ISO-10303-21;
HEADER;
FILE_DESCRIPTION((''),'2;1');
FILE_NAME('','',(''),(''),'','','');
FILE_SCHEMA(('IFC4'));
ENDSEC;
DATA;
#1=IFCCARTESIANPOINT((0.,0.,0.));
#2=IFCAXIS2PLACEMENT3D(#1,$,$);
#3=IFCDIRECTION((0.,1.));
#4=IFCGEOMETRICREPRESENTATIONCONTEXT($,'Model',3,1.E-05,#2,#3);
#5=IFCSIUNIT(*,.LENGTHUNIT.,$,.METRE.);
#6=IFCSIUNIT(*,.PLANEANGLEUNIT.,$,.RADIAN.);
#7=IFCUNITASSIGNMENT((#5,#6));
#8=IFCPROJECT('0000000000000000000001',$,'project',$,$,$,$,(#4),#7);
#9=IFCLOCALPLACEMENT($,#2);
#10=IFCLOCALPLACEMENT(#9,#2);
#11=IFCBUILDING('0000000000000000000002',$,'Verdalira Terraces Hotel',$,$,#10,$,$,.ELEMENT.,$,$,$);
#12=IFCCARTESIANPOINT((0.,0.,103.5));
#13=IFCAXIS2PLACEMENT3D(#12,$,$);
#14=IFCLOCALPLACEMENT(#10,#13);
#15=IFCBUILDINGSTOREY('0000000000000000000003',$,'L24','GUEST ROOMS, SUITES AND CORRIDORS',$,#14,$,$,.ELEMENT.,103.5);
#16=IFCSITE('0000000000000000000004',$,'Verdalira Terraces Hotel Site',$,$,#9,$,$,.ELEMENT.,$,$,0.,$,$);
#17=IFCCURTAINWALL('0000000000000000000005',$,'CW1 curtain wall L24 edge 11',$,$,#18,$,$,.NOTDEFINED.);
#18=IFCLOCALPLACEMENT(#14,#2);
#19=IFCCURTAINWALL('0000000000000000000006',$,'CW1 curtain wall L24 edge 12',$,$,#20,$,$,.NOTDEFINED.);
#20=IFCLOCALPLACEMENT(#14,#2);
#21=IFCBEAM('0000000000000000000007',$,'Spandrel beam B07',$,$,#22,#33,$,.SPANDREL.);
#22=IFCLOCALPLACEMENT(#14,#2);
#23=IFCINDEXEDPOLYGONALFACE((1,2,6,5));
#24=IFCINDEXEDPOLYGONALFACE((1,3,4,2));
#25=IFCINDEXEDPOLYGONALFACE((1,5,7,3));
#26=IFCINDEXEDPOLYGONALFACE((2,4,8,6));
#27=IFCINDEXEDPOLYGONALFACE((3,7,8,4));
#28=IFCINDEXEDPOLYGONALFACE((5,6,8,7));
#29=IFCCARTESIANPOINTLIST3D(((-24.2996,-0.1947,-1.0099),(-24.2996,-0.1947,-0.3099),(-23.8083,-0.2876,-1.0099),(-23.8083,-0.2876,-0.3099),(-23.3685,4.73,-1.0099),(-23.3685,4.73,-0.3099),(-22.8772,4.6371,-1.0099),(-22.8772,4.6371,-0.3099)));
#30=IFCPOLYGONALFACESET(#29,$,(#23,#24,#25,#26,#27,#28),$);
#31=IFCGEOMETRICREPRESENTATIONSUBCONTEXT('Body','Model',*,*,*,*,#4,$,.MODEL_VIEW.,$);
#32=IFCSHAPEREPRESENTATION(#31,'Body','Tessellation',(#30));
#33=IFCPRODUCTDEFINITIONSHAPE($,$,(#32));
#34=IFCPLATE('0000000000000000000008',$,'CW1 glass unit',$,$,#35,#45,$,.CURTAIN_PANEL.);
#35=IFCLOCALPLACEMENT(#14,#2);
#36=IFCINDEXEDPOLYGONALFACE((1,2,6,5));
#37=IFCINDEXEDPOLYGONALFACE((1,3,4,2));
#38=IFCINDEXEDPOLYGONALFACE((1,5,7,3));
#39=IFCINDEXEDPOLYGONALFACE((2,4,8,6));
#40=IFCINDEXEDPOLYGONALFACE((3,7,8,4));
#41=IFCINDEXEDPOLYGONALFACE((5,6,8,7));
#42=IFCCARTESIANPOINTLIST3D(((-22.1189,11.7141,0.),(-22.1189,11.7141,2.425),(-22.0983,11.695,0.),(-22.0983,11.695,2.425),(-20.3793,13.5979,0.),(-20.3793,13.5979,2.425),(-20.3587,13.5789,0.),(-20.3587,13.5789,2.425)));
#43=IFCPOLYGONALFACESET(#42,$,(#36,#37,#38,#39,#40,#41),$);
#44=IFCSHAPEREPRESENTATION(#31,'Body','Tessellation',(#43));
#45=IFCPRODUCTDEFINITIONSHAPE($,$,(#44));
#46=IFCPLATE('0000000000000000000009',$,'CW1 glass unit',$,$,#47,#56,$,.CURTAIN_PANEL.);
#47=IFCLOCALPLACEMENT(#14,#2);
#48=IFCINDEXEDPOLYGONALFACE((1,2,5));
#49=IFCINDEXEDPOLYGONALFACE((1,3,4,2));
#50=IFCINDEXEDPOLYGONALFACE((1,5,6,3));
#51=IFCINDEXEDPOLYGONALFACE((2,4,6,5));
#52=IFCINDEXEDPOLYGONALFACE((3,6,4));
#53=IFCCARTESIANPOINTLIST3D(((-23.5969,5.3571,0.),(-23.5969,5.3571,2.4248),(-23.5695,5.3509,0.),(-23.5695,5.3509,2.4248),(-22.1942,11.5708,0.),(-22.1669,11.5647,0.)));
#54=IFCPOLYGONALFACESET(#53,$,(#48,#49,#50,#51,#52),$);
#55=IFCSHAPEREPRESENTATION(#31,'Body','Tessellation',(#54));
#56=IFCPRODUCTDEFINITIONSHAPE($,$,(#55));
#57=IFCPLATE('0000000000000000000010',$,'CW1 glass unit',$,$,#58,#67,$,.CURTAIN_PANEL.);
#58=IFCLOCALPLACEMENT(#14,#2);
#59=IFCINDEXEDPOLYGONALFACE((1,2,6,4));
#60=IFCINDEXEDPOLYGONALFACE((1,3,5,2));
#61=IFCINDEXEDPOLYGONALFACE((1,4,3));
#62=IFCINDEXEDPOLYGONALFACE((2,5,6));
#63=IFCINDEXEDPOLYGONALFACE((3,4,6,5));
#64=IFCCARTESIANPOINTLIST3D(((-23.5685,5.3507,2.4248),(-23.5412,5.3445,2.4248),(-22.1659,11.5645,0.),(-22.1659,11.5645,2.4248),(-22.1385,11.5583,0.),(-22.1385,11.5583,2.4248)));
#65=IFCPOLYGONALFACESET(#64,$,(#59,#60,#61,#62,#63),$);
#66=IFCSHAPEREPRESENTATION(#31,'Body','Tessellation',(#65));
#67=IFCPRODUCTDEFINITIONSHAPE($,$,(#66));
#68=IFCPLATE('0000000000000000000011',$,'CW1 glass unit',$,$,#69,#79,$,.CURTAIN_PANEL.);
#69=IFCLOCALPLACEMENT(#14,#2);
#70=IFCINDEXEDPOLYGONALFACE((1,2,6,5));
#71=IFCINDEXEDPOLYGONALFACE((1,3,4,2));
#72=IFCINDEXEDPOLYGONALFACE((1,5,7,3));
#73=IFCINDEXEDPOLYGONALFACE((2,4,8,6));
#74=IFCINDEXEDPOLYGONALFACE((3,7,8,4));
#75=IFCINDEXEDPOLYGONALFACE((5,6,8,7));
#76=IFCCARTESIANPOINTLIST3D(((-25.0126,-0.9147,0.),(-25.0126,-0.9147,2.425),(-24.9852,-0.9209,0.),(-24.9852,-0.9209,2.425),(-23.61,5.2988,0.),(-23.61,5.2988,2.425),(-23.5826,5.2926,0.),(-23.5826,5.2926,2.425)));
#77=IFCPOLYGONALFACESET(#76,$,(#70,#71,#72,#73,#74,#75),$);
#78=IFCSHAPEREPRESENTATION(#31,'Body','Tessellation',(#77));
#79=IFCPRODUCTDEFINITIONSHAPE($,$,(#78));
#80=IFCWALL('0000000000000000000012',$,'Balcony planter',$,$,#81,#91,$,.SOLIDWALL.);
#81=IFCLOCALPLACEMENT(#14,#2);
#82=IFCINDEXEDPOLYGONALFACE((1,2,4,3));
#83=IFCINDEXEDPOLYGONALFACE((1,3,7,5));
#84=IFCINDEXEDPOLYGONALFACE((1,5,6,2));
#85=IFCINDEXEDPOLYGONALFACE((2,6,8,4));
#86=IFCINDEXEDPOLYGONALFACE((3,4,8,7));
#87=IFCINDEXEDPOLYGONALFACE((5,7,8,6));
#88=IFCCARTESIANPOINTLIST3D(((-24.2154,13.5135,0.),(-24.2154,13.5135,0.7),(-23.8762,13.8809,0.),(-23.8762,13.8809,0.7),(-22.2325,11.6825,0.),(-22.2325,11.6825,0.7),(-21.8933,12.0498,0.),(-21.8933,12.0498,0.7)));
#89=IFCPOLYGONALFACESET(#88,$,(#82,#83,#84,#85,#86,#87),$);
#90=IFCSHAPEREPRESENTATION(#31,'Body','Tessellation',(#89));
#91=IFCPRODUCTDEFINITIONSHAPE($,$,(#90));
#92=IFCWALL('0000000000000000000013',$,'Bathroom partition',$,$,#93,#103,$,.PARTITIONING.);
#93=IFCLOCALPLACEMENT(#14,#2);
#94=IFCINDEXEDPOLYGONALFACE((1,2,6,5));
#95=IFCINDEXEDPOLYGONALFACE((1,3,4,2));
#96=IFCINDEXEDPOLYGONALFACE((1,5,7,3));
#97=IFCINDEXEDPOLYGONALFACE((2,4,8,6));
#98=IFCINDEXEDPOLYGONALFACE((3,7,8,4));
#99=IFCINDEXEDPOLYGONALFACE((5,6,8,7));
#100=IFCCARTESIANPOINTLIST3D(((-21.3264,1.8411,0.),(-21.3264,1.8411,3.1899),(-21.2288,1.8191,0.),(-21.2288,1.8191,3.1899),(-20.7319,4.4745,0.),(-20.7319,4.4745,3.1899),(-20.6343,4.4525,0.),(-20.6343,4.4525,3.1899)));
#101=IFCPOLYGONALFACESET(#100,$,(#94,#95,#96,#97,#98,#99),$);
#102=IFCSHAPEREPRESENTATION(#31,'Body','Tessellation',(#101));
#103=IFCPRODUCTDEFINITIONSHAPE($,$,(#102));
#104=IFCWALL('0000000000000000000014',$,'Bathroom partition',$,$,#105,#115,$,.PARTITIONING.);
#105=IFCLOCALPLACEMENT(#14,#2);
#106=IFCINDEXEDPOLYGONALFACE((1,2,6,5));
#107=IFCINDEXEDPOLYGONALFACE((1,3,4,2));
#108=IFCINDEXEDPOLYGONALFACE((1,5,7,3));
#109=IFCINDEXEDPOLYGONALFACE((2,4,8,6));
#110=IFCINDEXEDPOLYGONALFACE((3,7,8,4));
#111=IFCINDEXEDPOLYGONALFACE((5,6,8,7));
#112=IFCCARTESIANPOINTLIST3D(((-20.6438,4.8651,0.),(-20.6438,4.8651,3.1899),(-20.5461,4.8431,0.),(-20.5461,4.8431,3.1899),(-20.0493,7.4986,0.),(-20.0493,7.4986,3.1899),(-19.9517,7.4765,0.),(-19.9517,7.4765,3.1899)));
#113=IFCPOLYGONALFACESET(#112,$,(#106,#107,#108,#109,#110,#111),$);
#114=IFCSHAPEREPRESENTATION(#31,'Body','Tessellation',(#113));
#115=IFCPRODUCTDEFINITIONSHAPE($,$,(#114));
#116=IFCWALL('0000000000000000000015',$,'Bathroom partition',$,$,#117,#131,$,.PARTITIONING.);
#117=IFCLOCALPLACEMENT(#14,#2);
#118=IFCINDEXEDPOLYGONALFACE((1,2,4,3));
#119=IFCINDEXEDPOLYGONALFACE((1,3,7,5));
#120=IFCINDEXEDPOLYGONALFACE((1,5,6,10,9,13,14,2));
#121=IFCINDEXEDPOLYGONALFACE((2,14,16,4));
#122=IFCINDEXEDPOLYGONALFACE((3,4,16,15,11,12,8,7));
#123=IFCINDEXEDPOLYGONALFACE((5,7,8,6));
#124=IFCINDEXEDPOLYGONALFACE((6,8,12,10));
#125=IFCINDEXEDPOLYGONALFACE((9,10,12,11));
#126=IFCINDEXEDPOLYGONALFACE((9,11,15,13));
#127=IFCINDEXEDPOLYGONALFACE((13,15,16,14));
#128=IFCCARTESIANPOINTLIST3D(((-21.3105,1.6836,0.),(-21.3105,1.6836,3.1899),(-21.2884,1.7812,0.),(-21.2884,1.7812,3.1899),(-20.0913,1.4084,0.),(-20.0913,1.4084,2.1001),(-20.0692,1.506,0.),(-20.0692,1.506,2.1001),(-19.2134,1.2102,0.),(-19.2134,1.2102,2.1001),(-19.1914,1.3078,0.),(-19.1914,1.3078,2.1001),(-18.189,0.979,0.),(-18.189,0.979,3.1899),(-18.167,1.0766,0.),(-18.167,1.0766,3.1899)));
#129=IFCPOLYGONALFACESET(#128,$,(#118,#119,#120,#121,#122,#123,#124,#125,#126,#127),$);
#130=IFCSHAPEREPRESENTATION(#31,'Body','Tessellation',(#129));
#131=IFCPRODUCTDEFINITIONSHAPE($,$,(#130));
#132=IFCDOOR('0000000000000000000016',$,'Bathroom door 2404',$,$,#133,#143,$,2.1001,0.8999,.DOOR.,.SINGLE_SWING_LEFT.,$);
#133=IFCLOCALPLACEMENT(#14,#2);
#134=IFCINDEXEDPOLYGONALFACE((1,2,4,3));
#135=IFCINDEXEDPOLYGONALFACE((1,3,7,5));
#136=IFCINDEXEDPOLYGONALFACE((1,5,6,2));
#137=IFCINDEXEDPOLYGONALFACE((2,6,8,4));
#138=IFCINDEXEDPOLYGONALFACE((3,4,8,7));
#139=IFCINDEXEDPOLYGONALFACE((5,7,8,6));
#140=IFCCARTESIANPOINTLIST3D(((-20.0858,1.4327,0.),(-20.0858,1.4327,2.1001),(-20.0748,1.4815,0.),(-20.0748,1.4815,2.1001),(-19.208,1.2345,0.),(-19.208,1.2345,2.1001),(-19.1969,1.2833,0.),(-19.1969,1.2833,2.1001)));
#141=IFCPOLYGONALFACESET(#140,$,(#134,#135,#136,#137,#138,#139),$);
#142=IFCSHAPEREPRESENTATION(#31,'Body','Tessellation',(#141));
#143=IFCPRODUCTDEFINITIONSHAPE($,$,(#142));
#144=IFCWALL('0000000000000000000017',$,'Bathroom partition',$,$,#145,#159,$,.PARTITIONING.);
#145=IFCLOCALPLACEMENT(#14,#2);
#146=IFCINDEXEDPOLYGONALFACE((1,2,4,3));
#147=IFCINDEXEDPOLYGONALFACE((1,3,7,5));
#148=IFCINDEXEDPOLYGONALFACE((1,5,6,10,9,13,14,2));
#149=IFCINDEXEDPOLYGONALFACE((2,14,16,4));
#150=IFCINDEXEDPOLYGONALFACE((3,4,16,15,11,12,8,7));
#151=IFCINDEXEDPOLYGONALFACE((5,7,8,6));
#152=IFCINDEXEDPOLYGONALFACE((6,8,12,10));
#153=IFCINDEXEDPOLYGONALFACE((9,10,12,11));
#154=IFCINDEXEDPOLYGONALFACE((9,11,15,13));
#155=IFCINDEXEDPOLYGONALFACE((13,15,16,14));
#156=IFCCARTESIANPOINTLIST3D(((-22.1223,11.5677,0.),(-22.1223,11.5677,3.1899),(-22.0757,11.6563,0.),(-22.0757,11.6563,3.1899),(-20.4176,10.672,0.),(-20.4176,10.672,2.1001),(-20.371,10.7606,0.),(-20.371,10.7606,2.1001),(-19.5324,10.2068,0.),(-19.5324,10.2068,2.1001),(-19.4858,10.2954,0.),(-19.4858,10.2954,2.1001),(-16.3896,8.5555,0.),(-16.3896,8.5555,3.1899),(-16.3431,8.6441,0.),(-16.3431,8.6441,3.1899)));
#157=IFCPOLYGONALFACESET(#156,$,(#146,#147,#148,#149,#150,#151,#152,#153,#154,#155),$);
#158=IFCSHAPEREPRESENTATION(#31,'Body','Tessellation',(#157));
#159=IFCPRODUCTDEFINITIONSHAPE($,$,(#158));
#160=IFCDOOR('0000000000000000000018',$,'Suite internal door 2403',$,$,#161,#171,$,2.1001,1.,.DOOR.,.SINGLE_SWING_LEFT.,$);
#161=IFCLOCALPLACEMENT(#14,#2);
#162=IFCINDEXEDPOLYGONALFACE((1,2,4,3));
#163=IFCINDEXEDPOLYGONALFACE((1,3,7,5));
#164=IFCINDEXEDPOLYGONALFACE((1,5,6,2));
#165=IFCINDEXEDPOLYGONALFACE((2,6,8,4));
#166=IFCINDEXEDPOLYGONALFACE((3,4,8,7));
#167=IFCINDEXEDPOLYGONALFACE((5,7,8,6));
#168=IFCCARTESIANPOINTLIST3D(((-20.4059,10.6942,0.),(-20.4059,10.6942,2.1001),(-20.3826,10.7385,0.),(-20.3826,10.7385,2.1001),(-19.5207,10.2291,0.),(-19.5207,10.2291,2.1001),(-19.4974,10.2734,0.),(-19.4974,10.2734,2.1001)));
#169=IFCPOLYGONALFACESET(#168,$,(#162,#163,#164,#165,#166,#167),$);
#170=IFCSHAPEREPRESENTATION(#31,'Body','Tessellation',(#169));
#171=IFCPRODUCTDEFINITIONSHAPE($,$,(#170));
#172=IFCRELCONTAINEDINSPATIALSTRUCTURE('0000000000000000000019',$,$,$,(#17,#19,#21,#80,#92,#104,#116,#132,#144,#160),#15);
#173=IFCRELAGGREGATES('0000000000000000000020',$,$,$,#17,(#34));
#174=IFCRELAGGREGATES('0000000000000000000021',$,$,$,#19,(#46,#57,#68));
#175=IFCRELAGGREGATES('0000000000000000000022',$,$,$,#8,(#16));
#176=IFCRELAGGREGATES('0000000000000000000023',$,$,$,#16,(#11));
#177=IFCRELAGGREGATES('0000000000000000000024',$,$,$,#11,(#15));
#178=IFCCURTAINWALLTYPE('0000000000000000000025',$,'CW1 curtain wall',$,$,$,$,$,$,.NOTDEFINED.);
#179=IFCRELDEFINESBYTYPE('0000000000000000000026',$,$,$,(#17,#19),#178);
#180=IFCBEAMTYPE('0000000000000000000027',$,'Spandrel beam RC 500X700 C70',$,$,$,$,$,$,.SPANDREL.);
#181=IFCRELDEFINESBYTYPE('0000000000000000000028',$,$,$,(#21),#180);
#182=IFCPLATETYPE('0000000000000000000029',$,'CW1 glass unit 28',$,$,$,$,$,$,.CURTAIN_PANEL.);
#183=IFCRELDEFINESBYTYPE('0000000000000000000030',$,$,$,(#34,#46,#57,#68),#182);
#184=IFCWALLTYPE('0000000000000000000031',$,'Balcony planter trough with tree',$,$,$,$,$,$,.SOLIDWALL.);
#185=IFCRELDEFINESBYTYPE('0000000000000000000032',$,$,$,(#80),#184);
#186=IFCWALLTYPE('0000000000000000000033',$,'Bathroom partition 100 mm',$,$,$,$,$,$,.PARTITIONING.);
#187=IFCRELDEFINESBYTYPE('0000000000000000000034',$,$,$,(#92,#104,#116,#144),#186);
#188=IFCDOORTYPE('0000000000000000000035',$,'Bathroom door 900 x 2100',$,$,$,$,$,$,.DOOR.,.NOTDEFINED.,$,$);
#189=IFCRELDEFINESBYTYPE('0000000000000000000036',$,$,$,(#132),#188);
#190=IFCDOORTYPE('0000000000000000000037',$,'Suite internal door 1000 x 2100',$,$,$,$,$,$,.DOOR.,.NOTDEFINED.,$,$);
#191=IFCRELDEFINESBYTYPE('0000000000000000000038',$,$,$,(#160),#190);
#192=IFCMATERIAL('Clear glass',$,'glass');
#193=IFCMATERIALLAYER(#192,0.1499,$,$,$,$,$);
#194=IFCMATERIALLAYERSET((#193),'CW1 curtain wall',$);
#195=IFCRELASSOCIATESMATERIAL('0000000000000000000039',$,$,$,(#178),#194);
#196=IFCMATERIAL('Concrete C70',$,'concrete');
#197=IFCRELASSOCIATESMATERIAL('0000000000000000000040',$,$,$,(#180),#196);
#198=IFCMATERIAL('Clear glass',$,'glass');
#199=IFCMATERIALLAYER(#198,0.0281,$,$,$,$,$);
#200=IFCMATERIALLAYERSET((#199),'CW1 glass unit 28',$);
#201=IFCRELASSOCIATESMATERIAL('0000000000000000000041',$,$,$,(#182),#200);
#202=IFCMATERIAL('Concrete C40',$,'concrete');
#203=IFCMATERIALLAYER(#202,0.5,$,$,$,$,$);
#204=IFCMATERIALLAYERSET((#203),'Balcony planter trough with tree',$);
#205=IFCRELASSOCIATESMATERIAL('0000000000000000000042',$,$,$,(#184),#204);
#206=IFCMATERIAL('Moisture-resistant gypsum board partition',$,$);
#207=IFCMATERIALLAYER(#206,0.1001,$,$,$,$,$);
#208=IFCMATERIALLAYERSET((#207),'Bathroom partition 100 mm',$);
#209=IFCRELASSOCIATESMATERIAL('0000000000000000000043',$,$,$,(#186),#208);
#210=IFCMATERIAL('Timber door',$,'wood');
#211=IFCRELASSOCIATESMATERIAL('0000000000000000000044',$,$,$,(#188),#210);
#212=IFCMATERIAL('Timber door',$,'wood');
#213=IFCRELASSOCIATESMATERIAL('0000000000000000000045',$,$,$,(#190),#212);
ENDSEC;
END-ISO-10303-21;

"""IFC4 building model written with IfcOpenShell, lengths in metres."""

from ifc_helpers import new_model, si_unit, direction, frame, frame_2d, origin, origin_2d, place, context, subcontext, project, spatial, polyline, rectangle, outline, extrude, material, layer, layer_set, material_profile, profile_set, type_object, element, fill, aggregate, save


model = new_model("IFC4")

# Units and contexts
model_context = context("Model", 3, precision=1e-05, world=origin(), true_north=direction((0.0, 1.0)))
body_context = subcontext(model_context, "Body", "Model", "MODEL_VIEW")
ifc_project = project(units=[si_unit("LENGTHUNIT", "METRE"), si_unit("PLANEANGLEUNIT", "RADIAN")], contexts=[model_context])

# Site, building, storey
site_placement = place(None, origin())
site = spatial("IfcSite", under=ifc_project, at=site_placement, Name="Verdalira Terraces Hotel Site", CompositionType="ELEMENT", RefElevation=0.0)
building_placement = place(site_placement, origin())
building = spatial("IfcBuilding", under=site, at=building_placement, Name="Verdalira Terraces Hotel", CompositionType="ELEMENT")
storey_placement = place(building_placement, frame((0.0, 0.0, 103.5)))
storey = spatial("IfcBuildingStorey", under=building, at=storey_placement, Name="L24", Description="GUEST ROOMS, SUITES AND CORRIDORS", CompositionType="ELEMENT", Elevation=103.5)

# Curtain wall
ifc_material_1 = material(Name="Clear glass", Category="glass")
ifc_layer_1 = layer(ifc_material_1, 0.1499)
ifc_layer_set_1 = layer_set([ifc_layer_1], Name="CW1 curtain wall")
curtain_wall_type = type_object("IfcCurtainWallType", Name="CW1 curtain wall", PredefinedType="NOTDEFINED", material=ifc_layer_set_1)
curtain_wall_1_placement = place(storey_placement, origin())
curtain_wall_1 = element("IfcCurtainWall", 1, at=curtain_wall_1_placement, inside=storey, type_object=curtain_wall_type, Name="CW1 curtain wall L24 edge 11", PredefinedType="NOTDEFINED")

# Curtain wall
curtain_wall_2_placement = place(storey_placement, origin())
curtain_wall_2 = element("IfcCurtainWall", 2, at=curtain_wall_2_placement, inside=storey, type_object=curtain_wall_type, Name="CW1 curtain wall L24 edge 12", PredefinedType="NOTDEFINED")

# Beam
ifc_material_2 = material(Name="Concrete C70", Category="concrete")
ifc_material_profile_1 = material_profile(ifc_material_2, rectangle(XDim=0.5, YDim=0.7, at=origin_2d()), Name="RC 500X700")
ifc_profile_set_1 = profile_set([ifc_material_profile_1], Name="Concrete C70")
beam_type_1 = type_object("IfcBeamType", Name="Spandrel beam RC 500X700 C70", PredefinedType="SPANDREL", material=ifc_profile_set_1)
beam_1_placement = place(storey_placement, frame((-23.1228, 4.6836, -0.6599), z_axis=(-0.185782, -0.982591, 0.0), x_axis=(0.982591, -0.185782, 0.0)))
element("IfcBeam", 3, at=beam_1_placement, inside=storey, type_object=beam_type_1, Name="Spandrel beam B07", PredefinedType="SPANDREL", context=body_context, shape_type="SweptSolid", body=[
    extrude(rectangle(XDim=0.5, YDim=0.7, at=origin_2d()), origin(), (0.0, 0.0, 1.0), 5.012),
])

# Plates
ifc_material_3 = material(Name="Clear glass", Category="glass")
ifc_layer_2 = layer(ifc_material_3, 0.0281)
ifc_layer_set_2 = layer_set([ifc_layer_2], Name="CW1 glass unit 28")
plate_type = type_object("IfcPlateType", Name="CW1 glass unit 28", PredefinedType="CURTAIN_PANEL", material=ifc_layer_set_2)
plate_1_placement = place(storey_placement, frame((-21.2388, 12.6465, 0.0), z_axis=(0.0, 0.0, 1.0), x_axis=(-0.678416, -0.734678, 0.0)))
plate_1 = element("IfcPlate", 4, at=plate_1_placement, type_object=plate_type, Name="CW1 glass unit", PredefinedType="CURTAIN_PANEL", context=body_context, shape_type="SweptSolid", body=[
    extrude(rectangle(XDim=2.5642, YDim=0.0281, at=origin_2d()), origin(), (0.0, 0.0, 1.0), 2.425),
])
aggregate(curtain_wall_1, [plate_1])
plate_2_placement = place(storey_placement, frame((-22.8682, 8.4578, 1.2124), z_axis=(-0.975458, 0.220187, 0.0), x_axis=(-0.220187, -0.975458, 0.0)))
plate_2 = element("IfcPlate", 5, at=plate_2_placement, type_object=plate_type, Name="CW1 glass unit", PredefinedType="CURTAIN_PANEL", context=body_context, shape_type="SweptSolid", body=[
    extrude(outline(polyline([(-3.1851, -1.2124), (3.1851, -1.2124), (3.1851, 1.2124), (-3.1851, -1.2124)])), origin(), (0.0, 0.0, 1.0), 0.0281),
])
plate_3_placement = place(storey_placement, frame((-22.8398, 8.4514, 1.2124), z_axis=(-0.975458, 0.220187, 0.0), x_axis=(-0.220187, -0.975458, 0.0)))
plate_3 = element("IfcPlate", 6, at=plate_3_placement, type_object=plate_type, Name="CW1 glass unit", PredefinedType="CURTAIN_PANEL", context=body_context, shape_type="SweptSolid", body=[
    extrude(outline(polyline([(-3.1851, -1.2124), (3.1851, 1.2124), (-3.1851, 1.2124), (-3.1851, -1.2124)])), origin(), (0.0, 0.0, 1.0), 0.0281),
])
plate_4_placement = place(storey_placement, frame((-24.2976, 2.189, 0.0), z_axis=(0.0, 0.0, 1.0), x_axis=(-0.220187, -0.975458, 0.0)))
plate_4 = element("IfcPlate", 7, at=plate_4_placement, type_object=plate_type, Name="CW1 glass unit", PredefinedType="CURTAIN_PANEL", context=body_context, shape_type="SweptSolid", body=[
    extrude(rectangle(XDim=6.3699, YDim=0.0281, at=origin_2d()), origin(), (0.0, 0.0, 1.0), 2.425),
])
aggregate(curtain_wall_2, [plate_2, plate_3, plate_4])

# Walls
ifc_material_4 = material(Name="Concrete C40", Category="concrete")
ifc_layer_3 = layer(ifc_material_4, 0.5)
ifc_layer_set_3 = layer_set([ifc_layer_3], Name="Balcony planter trough with tree")
wall_type_1 = type_object("IfcWallType", Name="Balcony planter trough with tree", PredefinedType="SOLIDWALL", material=ifc_layer_set_3)
wall_1_placement = place(storey_placement, frame((-24.0459, 13.6973, 0.0), z_axis=(0.0, 0.0, 1.0), x_axis=(0.734679, -0.678415, 0.0)))
element("IfcWall", 8, at=wall_1_placement, inside=storey, type_object=wall_type_1, Name="Balcony planter", PredefinedType="SOLIDWALL", context=body_context, shape_type="SweptSolid", body=[
    extrude(rectangle(XDim=2.699, YDim=0.5, at=frame_2d((1.3496, 0.0))), origin(), (0.0, 0.0, 1.0), 0.7),
])
ifc_material_5 = material(Name="Moisture-resistant gypsum board partition")
ifc_layer_4 = layer(ifc_material_5, 0.1001)
ifc_layer_set_4 = layer_set([ifc_layer_4], Name="Bathroom partition 100 mm")
wall_type_2 = type_object("IfcWallType", Name="Bathroom partition 100 mm", PredefinedType="PARTITIONING", material=ifc_layer_set_4)
for number, where, z_axis, x_axis, name in (
    (9, (-21.2776, 1.8301, 0.0), (0.0, 0.0, 1.0), (0.220194, 0.975456, 0.0), "Bathroom partition"),
    (10, (-20.0005, 7.4875, 0.0), (0.0, 0.0, 1.0), (-0.220194, -0.975456, 0.0), "Bathroom partition"),
):
    element("IfcWall", number, at=place(storey_placement, frame(where, z_axis=z_axis, x_axis=x_axis)), inside=storey, type_object=wall_type_2, Name=name, PredefinedType="PARTITIONING", context=body_context, shape_type="SweptSolid", body=[
        extrude(rectangle(XDim=2.6997, YDim=0.1001, at=frame_2d((1.3499, 0.0))), origin(), (0.0, 0.0, 1.0), 3.1899),
    ])

# Walls, openings, doors
wall_2_placement = place(storey_placement, frame((-21.2996, 1.7324, 0.0), z_axis=(0.0, 0.0, 1.0), x_axis=(0.975456, -0.220193, 0.0)))
wall_2 = element("IfcWall", 11, at=wall_2_placement, inside=storey, type_object=wall_type_2, Name="Bathroom partition", PredefinedType="PARTITIONING", context=body_context, shape_type="SweptSolid", body=[
    extrude(rectangle(XDim=3.2, YDim=0.1001, at=frame_2d((1.6001, 0.0))), origin(), (0.0, 0.0, 1.0), 3.1899),
])
opening_1_placement = place(wall_2_placement, frame((1.25, 0.0, 0.0)))
opening_1 = element("IfcOpeningElement", 12, at=opening_1_placement, cuts=wall_2, PredefinedType="OPENING", context=body_context, shape_type="SweptSolid", body=[
    extrude(rectangle(XDim=0.8999, YDim=2.1001, at=frame_2d((0.45, 1.05))), frame((0.0, 0.0601, 0.0), z_axis=(0.0, -1.0, 0.0), x_axis=(1.0, 0.0, 0.0)), (0.0, 0.0, 1.0), 0.1201),
])
ifc_material_6 = material(Name="Timber door", Category="wood")
door_type_1 = type_object("IfcDoorType", Name="Bathroom door 900 x 2100", OperationType="NOTDEFINED", PredefinedType="DOOR", material=ifc_material_6)
door_1_placement = place(opening_1_placement, origin())
door_1 = element("IfcDoor", 13, at=door_1_placement, inside=storey, type_object=door_type_1, Name="Bathroom door 2404", OperationType="SINGLE_SWING_LEFT", OverallHeight=2.1001, OverallWidth=0.8999, PredefinedType="DOOR", context=body_context, shape_type="SweptSolid", body=[
    extrude(rectangle(XDim=0.8999, YDim=2.1001, at=frame_2d((0.45, 1.05))), frame((0.0, 0.0249, 0.0), z_axis=(0.0, -1.0, 0.0), x_axis=(1.0, 0.0, 0.0)), (0.0, 0.0, 1.0), 0.05),
])
fill(opening_1, door_1)
wall_3_placement = place(storey_placement, frame((-16.3665, 8.5999, 0.0), z_axis=(0.0, 0.0, 1.0), x_axis=(-0.885235, 0.465143, 0.0)))
wall_3 = element("IfcWall", 14, at=wall_3_placement, inside=storey, type_object=wall_type_2, Name="Bathroom partition", PredefinedType="PARTITIONING", context=body_context, shape_type="SweptSolid", body=[
    extrude(rectangle(XDim=6.4758, YDim=0.1001, at=frame_2d((3.2378, 0.0))), origin(), (0.0, 0.0, 1.0), 3.1899),
])
opening_2_placement = place(wall_3_placement, frame((3.55, 0.0, 0.0)))
opening_2 = element("IfcOpeningElement", 15, at=opening_2_placement, cuts=wall_3, PredefinedType="OPENING", context=body_context, shape_type="SweptSolid", body=[
    extrude(rectangle(XDim=1.0, YDim=2.1001, at=frame_2d((0.5, 1.05))), frame((0.0, 0.0601, 0.0), z_axis=(0.0, -1.0, 0.0), x_axis=(1.0, 0.0, 0.0)), (0.0, 0.0, 1.0), 0.1201),
])
ifc_material_7 = material(Name="Timber door", Category="wood")
door_type_2 = type_object("IfcDoorType", Name="Suite internal door 1000 x 2100", OperationType="NOTDEFINED", PredefinedType="DOOR", material=ifc_material_7)
door_2_placement = place(opening_2_placement, origin())
door_2 = element("IfcDoor", 16, at=door_2_placement, inside=storey, type_object=door_type_2, Name="Suite internal door 2403", OperationType="SINGLE_SWING_LEFT", OverallHeight=2.1001, OverallWidth=1.0, PredefinedType="DOOR", context=body_context, shape_type="SweptSolid", body=[
    extrude(rectangle(XDim=1.0, YDim=2.1001, at=frame_2d((0.5, 1.05))), frame((0.0, 0.0249, 0.0), z_axis=(0.0, -1.0, 0.0), x_axis=(1.0, 0.0, 0.0)), (0.0, 0.0, 1.0), 0.05),
])
fill(opening_2, door_2)

save(model, "model.ifc")
